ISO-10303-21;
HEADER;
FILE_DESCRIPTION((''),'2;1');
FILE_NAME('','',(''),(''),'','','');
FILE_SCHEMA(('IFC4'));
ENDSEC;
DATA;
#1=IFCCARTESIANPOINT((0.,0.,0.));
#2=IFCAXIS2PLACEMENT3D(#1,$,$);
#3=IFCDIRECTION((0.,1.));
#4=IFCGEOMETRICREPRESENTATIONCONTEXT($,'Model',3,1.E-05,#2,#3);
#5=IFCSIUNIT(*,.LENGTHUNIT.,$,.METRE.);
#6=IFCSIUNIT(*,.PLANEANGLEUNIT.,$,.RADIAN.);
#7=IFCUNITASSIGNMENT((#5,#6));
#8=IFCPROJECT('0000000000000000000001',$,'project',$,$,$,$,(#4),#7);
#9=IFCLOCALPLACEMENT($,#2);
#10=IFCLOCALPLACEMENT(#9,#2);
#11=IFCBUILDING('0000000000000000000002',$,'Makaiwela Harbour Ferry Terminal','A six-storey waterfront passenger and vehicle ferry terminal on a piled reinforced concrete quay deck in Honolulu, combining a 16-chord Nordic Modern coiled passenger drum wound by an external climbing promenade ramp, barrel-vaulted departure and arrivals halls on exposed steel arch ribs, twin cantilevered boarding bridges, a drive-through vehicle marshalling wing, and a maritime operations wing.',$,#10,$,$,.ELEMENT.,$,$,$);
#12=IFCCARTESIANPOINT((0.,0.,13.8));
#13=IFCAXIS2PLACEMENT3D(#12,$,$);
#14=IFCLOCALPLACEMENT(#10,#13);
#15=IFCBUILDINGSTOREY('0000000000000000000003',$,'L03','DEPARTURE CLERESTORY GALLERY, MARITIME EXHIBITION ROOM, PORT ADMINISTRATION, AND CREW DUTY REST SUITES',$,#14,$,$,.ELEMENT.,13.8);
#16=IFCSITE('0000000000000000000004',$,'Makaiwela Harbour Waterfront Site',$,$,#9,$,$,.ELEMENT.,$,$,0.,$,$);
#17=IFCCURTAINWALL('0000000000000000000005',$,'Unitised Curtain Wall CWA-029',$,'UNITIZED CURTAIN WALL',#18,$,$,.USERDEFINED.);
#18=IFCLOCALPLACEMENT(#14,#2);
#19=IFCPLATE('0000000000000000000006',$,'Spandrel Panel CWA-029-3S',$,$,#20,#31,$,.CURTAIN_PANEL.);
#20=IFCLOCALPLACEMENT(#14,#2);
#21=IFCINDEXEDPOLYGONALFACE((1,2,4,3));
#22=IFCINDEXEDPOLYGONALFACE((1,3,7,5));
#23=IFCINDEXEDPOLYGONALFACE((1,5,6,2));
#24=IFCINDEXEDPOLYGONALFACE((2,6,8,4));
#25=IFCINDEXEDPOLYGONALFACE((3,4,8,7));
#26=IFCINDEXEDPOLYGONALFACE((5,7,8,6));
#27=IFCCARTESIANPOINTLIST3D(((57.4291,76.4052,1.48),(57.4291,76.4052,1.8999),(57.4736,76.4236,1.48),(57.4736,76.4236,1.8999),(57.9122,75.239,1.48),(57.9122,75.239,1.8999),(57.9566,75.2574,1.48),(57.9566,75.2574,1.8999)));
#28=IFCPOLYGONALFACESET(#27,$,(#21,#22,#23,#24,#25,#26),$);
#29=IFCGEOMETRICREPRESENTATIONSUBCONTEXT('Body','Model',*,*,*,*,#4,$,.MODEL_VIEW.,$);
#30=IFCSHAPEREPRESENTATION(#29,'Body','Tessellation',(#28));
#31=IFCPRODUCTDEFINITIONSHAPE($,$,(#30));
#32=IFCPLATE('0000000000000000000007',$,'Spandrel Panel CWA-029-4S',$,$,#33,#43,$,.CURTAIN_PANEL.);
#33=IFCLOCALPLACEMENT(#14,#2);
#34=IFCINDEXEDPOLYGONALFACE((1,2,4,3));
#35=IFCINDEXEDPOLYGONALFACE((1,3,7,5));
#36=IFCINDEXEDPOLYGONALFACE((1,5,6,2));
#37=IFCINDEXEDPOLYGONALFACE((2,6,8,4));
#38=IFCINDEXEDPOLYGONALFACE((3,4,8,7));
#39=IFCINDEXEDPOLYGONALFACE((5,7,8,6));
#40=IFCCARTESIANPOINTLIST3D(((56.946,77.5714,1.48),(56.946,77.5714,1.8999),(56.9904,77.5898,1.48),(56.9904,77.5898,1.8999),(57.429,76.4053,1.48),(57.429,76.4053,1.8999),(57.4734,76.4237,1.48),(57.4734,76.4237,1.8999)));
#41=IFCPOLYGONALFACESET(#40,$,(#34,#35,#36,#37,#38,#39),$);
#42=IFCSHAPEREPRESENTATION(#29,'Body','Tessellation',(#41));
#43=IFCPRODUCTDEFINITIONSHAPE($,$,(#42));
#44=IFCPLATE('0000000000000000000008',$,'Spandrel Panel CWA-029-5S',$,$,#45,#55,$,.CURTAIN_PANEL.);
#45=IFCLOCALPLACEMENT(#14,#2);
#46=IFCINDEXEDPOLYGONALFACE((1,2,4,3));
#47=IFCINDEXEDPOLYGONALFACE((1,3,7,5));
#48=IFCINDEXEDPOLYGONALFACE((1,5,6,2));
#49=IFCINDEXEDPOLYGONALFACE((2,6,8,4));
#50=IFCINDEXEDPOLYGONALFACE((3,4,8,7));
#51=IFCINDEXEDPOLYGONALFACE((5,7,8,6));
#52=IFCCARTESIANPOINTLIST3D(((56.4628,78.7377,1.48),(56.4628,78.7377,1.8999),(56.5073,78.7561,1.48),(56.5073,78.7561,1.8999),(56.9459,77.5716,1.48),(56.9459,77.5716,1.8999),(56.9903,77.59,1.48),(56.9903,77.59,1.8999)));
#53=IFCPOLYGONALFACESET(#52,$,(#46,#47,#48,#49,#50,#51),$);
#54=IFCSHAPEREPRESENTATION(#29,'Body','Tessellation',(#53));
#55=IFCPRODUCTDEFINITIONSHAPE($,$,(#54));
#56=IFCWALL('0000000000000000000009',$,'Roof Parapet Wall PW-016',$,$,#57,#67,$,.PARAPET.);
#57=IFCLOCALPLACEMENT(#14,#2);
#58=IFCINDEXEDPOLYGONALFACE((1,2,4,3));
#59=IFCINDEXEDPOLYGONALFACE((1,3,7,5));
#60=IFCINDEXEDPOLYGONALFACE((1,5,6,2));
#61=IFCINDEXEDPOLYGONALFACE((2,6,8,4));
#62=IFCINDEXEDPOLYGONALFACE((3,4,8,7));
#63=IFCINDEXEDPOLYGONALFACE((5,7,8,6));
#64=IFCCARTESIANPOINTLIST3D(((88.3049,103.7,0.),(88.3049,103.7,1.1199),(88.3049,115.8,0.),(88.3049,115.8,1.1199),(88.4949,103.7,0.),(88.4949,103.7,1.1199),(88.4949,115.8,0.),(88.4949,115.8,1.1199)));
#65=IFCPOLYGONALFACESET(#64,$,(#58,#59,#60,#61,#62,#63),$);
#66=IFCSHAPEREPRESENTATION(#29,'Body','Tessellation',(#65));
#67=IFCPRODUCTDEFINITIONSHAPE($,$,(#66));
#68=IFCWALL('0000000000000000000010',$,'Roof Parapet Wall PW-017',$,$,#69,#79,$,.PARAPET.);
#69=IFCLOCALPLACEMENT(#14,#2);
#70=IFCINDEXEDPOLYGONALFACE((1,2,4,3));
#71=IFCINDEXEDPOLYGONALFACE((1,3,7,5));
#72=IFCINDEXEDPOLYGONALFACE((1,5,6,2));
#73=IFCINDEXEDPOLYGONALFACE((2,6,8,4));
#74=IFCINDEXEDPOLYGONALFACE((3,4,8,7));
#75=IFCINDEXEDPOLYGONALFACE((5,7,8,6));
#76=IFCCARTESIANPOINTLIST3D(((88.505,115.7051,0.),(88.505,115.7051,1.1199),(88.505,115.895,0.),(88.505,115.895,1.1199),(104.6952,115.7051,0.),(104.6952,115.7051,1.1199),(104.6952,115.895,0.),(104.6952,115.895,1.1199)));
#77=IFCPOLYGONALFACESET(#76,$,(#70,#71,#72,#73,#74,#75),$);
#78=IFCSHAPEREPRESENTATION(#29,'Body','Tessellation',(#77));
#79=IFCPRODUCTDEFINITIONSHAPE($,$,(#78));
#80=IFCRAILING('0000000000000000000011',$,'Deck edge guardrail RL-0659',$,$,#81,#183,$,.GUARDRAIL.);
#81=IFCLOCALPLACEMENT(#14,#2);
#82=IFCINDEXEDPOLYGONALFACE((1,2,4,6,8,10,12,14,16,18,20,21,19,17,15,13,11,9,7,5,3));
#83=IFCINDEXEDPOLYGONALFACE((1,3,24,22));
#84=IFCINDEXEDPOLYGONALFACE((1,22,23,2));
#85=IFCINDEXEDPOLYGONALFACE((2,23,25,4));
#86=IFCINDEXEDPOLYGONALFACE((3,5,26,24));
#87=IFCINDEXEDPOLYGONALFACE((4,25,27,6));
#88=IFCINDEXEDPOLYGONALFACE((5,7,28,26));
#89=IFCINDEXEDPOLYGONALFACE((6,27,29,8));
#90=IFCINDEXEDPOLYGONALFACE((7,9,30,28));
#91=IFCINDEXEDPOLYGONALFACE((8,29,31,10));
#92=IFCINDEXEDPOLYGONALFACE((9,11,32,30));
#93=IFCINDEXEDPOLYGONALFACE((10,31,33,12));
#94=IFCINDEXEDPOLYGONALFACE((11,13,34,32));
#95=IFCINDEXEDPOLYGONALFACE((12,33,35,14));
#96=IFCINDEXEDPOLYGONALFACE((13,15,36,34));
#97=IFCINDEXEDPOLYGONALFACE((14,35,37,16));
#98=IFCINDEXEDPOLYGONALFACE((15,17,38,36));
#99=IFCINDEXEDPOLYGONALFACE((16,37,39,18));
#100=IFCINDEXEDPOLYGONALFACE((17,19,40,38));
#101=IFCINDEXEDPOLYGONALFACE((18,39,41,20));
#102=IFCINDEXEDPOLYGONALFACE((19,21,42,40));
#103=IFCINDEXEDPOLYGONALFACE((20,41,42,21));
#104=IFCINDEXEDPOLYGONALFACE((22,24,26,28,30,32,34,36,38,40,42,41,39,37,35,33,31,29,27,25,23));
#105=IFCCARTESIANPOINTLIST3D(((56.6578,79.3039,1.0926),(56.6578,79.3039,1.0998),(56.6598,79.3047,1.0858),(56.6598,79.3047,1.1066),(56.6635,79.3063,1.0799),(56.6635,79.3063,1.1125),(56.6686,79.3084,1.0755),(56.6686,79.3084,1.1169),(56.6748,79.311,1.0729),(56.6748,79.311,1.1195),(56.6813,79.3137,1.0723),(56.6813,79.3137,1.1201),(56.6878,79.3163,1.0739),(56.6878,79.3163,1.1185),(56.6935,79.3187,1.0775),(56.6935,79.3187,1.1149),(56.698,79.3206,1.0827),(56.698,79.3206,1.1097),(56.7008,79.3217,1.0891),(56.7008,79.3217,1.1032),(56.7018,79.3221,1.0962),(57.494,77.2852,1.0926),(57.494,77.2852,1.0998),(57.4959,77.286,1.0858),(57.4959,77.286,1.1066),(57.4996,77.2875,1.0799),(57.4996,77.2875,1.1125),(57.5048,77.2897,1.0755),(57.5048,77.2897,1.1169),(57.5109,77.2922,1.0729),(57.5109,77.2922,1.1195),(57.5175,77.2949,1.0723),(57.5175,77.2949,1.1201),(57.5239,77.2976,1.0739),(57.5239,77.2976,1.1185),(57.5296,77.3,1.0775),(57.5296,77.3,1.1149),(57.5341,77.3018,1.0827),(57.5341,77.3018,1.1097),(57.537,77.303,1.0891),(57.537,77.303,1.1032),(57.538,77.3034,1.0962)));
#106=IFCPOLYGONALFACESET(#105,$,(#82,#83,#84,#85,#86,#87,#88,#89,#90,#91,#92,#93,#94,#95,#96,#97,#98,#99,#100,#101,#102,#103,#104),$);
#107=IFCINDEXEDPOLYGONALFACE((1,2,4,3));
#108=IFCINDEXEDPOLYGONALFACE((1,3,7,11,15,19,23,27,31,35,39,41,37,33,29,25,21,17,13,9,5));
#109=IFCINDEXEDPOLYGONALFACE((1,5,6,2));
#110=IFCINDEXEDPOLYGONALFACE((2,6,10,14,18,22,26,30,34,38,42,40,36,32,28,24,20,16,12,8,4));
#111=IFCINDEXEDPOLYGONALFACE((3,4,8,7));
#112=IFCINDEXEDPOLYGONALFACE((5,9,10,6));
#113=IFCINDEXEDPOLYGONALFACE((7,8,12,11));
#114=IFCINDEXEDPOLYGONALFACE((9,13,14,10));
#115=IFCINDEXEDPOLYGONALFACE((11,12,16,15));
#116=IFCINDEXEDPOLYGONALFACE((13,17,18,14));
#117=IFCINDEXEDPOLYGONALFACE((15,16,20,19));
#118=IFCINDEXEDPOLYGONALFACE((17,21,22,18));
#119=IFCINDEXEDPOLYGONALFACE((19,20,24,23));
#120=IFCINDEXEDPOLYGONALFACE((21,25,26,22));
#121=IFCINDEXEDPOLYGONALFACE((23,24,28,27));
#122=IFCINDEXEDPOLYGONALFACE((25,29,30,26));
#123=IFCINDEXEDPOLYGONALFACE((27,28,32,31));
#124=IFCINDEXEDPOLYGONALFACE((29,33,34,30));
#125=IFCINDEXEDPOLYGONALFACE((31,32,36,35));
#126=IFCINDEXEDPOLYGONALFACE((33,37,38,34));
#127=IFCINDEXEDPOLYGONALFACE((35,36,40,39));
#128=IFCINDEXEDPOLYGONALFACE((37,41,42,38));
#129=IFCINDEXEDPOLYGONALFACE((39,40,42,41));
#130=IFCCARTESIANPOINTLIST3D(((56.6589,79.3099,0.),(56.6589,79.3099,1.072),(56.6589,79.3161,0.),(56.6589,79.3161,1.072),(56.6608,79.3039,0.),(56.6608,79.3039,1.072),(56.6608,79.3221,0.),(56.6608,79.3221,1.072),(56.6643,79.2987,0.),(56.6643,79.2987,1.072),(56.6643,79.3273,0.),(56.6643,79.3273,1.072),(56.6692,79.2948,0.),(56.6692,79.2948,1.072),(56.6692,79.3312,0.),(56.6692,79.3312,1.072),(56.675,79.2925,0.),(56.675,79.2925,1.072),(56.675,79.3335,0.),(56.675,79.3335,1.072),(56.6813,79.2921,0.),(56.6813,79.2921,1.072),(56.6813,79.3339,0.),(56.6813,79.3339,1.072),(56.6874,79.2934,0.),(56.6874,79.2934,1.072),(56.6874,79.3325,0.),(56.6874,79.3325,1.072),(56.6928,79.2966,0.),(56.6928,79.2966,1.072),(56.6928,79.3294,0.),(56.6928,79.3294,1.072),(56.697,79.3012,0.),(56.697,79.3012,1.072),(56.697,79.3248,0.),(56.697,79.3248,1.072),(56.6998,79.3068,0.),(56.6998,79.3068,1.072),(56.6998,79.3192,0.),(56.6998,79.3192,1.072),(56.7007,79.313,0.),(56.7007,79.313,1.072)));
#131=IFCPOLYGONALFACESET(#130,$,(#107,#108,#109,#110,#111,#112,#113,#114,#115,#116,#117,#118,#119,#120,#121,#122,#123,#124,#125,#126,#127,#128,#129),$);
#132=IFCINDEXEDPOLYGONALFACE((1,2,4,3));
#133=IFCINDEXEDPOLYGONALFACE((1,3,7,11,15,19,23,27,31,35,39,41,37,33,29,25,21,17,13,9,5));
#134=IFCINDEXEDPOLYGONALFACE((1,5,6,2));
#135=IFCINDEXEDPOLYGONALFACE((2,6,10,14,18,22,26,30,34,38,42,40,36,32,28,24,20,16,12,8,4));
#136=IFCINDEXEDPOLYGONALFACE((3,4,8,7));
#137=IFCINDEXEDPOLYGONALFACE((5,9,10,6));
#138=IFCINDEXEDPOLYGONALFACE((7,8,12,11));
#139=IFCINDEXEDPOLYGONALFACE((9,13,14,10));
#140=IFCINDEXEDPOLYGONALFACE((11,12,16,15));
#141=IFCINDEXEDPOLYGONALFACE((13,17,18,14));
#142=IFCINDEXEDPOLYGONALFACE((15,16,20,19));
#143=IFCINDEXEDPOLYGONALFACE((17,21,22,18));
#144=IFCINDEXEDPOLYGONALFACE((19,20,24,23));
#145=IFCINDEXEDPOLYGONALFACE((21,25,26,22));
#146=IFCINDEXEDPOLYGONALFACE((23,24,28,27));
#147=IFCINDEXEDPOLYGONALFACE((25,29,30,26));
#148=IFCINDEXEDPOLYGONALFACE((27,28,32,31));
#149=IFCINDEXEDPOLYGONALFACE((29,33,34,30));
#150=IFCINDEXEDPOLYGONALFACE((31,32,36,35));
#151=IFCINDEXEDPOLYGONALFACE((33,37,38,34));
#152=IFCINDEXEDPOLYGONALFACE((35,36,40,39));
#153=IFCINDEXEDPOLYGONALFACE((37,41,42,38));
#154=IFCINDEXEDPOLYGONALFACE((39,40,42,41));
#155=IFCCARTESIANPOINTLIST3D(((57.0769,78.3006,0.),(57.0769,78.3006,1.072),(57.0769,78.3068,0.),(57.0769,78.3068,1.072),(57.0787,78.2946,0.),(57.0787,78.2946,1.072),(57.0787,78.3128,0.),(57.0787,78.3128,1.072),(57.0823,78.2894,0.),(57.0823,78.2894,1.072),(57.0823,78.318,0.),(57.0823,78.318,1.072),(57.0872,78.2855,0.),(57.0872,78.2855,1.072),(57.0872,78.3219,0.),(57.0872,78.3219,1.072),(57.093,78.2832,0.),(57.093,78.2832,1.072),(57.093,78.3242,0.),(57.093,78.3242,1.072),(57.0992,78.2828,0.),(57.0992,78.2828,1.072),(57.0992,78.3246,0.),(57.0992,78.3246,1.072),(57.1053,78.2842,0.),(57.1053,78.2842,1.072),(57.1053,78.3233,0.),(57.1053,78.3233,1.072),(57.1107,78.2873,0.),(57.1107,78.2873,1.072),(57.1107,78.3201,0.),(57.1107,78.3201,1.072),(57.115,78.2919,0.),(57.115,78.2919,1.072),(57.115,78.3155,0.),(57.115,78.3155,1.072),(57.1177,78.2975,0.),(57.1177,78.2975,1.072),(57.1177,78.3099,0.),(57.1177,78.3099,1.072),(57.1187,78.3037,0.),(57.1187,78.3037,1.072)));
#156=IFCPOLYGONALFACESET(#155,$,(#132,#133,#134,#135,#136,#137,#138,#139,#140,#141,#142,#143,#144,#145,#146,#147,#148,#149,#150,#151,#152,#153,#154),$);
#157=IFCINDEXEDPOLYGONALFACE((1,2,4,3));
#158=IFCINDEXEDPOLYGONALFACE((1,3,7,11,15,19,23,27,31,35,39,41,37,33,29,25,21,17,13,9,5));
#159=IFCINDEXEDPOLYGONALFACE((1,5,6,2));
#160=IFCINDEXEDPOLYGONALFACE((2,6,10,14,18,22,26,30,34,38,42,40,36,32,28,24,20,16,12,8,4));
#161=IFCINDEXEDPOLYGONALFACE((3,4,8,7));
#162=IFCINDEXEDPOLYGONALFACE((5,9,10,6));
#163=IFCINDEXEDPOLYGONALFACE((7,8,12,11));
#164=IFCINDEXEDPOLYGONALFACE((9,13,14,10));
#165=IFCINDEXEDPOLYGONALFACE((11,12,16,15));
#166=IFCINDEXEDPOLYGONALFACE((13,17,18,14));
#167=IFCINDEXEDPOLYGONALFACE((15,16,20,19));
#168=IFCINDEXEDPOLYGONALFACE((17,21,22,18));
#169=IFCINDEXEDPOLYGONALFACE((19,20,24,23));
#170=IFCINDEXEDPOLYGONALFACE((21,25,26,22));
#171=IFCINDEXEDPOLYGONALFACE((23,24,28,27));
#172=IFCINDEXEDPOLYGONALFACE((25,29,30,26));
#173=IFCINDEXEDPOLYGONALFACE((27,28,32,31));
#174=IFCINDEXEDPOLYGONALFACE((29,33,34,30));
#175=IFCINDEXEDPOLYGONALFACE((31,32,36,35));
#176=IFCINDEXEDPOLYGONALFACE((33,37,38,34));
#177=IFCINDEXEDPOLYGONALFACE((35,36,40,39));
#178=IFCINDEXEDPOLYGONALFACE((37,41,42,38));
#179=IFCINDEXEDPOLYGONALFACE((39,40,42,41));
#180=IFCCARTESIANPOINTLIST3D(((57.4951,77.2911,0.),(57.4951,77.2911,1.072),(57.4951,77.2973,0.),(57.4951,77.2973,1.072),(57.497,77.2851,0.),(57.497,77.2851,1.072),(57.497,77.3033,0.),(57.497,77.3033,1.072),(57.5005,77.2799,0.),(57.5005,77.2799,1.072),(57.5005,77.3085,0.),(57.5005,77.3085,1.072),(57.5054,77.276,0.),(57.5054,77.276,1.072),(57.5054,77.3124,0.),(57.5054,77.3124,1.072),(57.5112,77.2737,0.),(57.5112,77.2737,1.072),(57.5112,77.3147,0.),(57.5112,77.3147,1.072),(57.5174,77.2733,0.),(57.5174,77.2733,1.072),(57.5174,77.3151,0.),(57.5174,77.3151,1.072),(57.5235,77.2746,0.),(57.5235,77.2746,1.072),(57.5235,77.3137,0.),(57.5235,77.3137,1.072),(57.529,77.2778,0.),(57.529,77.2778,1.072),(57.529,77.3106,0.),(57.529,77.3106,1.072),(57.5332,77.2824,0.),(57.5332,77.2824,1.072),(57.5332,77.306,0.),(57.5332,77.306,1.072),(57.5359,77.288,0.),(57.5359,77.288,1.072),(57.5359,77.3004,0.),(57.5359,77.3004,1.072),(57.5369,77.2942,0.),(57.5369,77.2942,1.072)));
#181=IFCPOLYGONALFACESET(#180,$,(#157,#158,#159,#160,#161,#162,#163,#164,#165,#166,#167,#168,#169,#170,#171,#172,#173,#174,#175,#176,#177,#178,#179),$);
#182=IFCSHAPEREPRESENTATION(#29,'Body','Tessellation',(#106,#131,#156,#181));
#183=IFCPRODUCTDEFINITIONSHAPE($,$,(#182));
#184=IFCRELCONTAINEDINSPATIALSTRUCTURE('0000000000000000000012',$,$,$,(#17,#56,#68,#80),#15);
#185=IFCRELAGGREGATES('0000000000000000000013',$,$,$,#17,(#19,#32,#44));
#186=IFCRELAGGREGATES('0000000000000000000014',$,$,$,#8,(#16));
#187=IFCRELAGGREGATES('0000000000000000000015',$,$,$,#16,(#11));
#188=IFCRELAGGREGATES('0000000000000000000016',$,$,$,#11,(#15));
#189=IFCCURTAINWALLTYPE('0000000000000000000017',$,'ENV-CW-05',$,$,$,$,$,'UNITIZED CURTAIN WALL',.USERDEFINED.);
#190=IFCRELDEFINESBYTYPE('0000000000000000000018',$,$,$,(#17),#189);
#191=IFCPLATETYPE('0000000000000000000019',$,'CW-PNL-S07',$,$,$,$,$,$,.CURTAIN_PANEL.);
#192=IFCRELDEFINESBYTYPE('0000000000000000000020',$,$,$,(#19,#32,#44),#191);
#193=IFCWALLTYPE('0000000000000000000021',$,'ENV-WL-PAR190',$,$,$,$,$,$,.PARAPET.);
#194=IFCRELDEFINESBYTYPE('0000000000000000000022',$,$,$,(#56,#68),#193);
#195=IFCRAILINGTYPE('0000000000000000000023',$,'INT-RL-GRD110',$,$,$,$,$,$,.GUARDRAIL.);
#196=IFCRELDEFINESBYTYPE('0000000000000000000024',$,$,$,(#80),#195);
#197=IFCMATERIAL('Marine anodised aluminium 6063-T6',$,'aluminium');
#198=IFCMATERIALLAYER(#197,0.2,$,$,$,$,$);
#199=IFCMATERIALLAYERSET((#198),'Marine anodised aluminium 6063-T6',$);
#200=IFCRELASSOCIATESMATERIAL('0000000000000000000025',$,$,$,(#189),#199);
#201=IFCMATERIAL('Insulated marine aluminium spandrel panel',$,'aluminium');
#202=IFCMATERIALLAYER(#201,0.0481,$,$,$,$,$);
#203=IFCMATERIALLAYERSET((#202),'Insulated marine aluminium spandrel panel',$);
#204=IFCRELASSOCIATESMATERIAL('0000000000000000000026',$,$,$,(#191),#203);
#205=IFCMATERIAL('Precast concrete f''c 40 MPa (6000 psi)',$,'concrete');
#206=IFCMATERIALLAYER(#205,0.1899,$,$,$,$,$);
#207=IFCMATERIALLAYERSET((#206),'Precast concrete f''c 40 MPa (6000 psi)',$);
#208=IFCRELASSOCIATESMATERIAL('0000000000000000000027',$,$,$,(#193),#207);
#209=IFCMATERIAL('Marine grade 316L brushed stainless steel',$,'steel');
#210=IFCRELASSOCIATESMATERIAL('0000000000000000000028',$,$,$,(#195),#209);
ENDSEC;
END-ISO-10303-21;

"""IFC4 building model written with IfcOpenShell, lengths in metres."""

from ifc_helpers import new_model, si_unit, direction, frame, frame_2d, origin, origin_2d, place, context, subcontext, project, spatial, rectangle, circle, extrude, material, layer, layer_set, type_object, element, aggregate, save


model = new_model("IFC4")

# Units and contexts
model_context = context("Model", 3, precision=1e-05, world=origin(), true_north=direction((0.0, 1.0)))
body_context = subcontext(model_context, "Body", "Model", "MODEL_VIEW")
ifc_project = project(units=[si_unit("LENGTHUNIT", "METRE"), si_unit("PLANEANGLEUNIT", "RADIAN")], contexts=[model_context])

# Site, building, storey
site_placement = place(None, origin())
site = spatial("IfcSite", under=ifc_project, at=site_placement, Name="Makaiwela Harbour Waterfront Site", CompositionType="ELEMENT", RefElevation=0.0)
building_placement = place(site_placement, origin())
building = spatial("IfcBuilding", under=site, at=building_placement, Name="Makaiwela Harbour Ferry Terminal", Description="A six-storey waterfront passenger and vehicle ferry terminal on a piled reinforced concrete quay deck in Honolulu, combining a 16-chord Nordic Modern coiled passenger drum wound by an external climbing promenade ramp, barrel-vaulted departure and arrivals halls on exposed steel arch ribs, twin cantilevered boarding bridges, a drive-through vehicle marshalling wing, and a maritime operations wing.", CompositionType="ELEMENT")
storey_placement = place(building_placement, frame((0.0, 0.0, 13.8)))
storey = spatial("IfcBuildingStorey", under=building, at=storey_placement, Name="L03", Description="DEPARTURE CLERESTORY GALLERY, MARITIME EXHIBITION ROOM, PORT ADMINISTRATION, AND CREW DUTY REST SUITES", CompositionType="ELEMENT", Elevation=13.8)

# Curtain wall
ifc_material_1 = material(Name="Marine anodised aluminium 6063-T6", Category="aluminium")
ifc_layer_1 = layer(ifc_material_1, 0.2)
ifc_layer_set_1 = layer_set([ifc_layer_1], Name="Marine anodised aluminium 6063-T6")
curtain_wall_type = type_object("IfcCurtainWallType", Name="ENV-CW-05", ElementType="UNITIZED CURTAIN WALL", PredefinedType="USERDEFINED", material=ifc_layer_set_1)
curtain_wall_placement = place(storey_placement, origin())
curtain_wall = element("IfcCurtainWall", 1, at=curtain_wall_placement, inside=storey, type_object=curtain_wall_type, Name="Unitised Curtain Wall CWA-029", ObjectType="UNITIZED CURTAIN WALL", PredefinedType="USERDEFINED")

# Plates
ifc_material_2 = material(Name="Insulated marine aluminium spandrel panel", Category="aluminium")
ifc_layer_2 = layer(ifc_material_2, 0.0481)
ifc_layer_set_2 = layer_set([ifc_layer_2], Name="Insulated marine aluminium spandrel panel")
plate_type_1 = type_object("IfcPlateType", Name="CW-PNL-S07", PredefinedType="CURTAIN_PANEL", material=ifc_layer_set_2)
plate_1_placement = place(storey_placement, frame((57.6929, 75.8313, 1.48), z_axis=(0.0, 0.0, 1.0), x_axis=(-0.382683, 0.92388, 0.0)))
plate_1 = element("IfcPlate", 2, at=plate_1_placement, type_object=plate_type_1, Name="Spandrel Panel CWA-029-3S", PredefinedType="CURTAIN_PANEL", context=body_context, shape_type="SweptSolid", body=[
    extrude(rectangle(XDim=1.2622, YDim=0.0481, at=origin_2d()), origin(), (0.0, 0.0, 1.0), 0.4199),
])
plate_2_placement = place(storey_placement, frame((57.2097, 76.9976, 1.48), z_axis=(0.0, 0.0, 1.0), x_axis=(-0.382683, 0.92388, 0.0)))
plate_2 = element("IfcPlate", 3, at=plate_2_placement, type_object=plate_type_1, Name="Spandrel Panel CWA-029-4S", PredefinedType="CURTAIN_PANEL", context=body_context, shape_type="SweptSolid", body=[
    extrude(rectangle(XDim=1.2622, YDim=0.0481, at=origin_2d()), origin(), (0.0, 0.0, 1.0), 0.4199),
])
plate_3_placement = place(storey_placement, frame((56.7266, 78.1638, 1.48), z_axis=(0.0, 0.0, 1.0), x_axis=(-0.382683, 0.92388, 0.0)))
plate_3 = element("IfcPlate", 4, at=plate_3_placement, type_object=plate_type_1, Name="Spandrel Panel CWA-029-5S", PredefinedType="CURTAIN_PANEL", context=body_context, shape_type="SweptSolid", body=[
    extrude(rectangle(XDim=1.2622, YDim=0.0481, at=origin_2d()), origin(), (0.0, 0.0, 1.0), 0.4199),
])
aggregate(curtain_wall, [plate_1, plate_2, plate_3])

# Walls
ifc_material_3 = material(Name="Precast concrete f'c 40 MPa (6000 psi)", Category="concrete")
ifc_layer_3 = layer(ifc_material_3, 0.1899)
ifc_layer_set_3 = layer_set([ifc_layer_3], Name="Precast concrete f'c 40 MPa (6000 psi)")
wall_type = type_object("IfcWallType", Name="ENV-WL-PAR190", PredefinedType="PARAPET", material=ifc_layer_set_3)
wall_1_placement = place(storey_placement, frame((88.3999, 103.7, 0.0), z_axis=(0.0, 0.0, 1.0), x_axis=(0.0, 1.0, 0.0)))
element("IfcWall", 5, at=wall_1_placement, inside=storey, type_object=wall_type, Name="Roof Parapet Wall PW-016", PredefinedType="PARAPET", context=body_context, shape_type="SweptSolid", body=[
    extrude(rectangle(XDim=12.1001, YDim=0.1899, at=frame_2d((6.05, 0.0))), origin(), (0.0, 0.0, 1.0), 1.1199),
])
wall_2_placement = place(storey_placement, frame((88.5049, 115.8, 0.0), z_axis=(0.0, 0.0, 1.0), x_axis=(1.0, 0.0, 0.0)))
element("IfcWall", 6, at=wall_2_placement, inside=storey, type_object=wall_type, Name="Roof Parapet Wall PW-017", PredefinedType="PARAPET", context=body_context, shape_type="SweptSolid", body=[
    extrude(rectangle(XDim=16.1902, YDim=0.1899, at=frame_2d((8.0952, 0.0))), origin(), (0.0, 0.0, 1.0), 1.1199),
])

# Railing
ifc_material_4 = material(Name="Marine grade 316L brushed stainless steel", Category="steel")
railing_type = type_object("IfcRailingType", Name="INT-RL-GRD110", PredefinedType="GUARDRAIL", material=ifc_material_4)
railing_1_placement = place(storey_placement, frame((56.6797, 79.313, 0.0)))
element("IfcRailing", 7, at=railing_1_placement, inside=storey, type_object=railing_type, Name="Deck edge guardrail RL-0659", PredefinedType="GUARDRAIL", context=body_context, shape_type="SweptSolid", body=[
    extrude(circle(Radius=0.0239, at=origin_2d()), frame((0.0, 0.0, 1.0962), z_axis=(0.382671, -0.923885, 0.0), x_axis=(0.923885, 0.382671, 0.0)), (0.0, 0.0, 1.0), 2.1851),
    extrude(circle(Radius=0.021, at=origin_2d()), origin(), (0.0, 0.0, 1.0), 1.072),
    extrude(circle(Radius=0.021, at=origin_2d()), frame((0.418, -1.0093, 0.0)), (0.0, 0.0, 1.0), 1.072),
    extrude(circle(Radius=0.021, at=origin_2d()), frame((0.8362, -2.0188, 0.0)), (0.0, 0.0, 1.0), 1.072),
])

save(model, "model.ifc")
